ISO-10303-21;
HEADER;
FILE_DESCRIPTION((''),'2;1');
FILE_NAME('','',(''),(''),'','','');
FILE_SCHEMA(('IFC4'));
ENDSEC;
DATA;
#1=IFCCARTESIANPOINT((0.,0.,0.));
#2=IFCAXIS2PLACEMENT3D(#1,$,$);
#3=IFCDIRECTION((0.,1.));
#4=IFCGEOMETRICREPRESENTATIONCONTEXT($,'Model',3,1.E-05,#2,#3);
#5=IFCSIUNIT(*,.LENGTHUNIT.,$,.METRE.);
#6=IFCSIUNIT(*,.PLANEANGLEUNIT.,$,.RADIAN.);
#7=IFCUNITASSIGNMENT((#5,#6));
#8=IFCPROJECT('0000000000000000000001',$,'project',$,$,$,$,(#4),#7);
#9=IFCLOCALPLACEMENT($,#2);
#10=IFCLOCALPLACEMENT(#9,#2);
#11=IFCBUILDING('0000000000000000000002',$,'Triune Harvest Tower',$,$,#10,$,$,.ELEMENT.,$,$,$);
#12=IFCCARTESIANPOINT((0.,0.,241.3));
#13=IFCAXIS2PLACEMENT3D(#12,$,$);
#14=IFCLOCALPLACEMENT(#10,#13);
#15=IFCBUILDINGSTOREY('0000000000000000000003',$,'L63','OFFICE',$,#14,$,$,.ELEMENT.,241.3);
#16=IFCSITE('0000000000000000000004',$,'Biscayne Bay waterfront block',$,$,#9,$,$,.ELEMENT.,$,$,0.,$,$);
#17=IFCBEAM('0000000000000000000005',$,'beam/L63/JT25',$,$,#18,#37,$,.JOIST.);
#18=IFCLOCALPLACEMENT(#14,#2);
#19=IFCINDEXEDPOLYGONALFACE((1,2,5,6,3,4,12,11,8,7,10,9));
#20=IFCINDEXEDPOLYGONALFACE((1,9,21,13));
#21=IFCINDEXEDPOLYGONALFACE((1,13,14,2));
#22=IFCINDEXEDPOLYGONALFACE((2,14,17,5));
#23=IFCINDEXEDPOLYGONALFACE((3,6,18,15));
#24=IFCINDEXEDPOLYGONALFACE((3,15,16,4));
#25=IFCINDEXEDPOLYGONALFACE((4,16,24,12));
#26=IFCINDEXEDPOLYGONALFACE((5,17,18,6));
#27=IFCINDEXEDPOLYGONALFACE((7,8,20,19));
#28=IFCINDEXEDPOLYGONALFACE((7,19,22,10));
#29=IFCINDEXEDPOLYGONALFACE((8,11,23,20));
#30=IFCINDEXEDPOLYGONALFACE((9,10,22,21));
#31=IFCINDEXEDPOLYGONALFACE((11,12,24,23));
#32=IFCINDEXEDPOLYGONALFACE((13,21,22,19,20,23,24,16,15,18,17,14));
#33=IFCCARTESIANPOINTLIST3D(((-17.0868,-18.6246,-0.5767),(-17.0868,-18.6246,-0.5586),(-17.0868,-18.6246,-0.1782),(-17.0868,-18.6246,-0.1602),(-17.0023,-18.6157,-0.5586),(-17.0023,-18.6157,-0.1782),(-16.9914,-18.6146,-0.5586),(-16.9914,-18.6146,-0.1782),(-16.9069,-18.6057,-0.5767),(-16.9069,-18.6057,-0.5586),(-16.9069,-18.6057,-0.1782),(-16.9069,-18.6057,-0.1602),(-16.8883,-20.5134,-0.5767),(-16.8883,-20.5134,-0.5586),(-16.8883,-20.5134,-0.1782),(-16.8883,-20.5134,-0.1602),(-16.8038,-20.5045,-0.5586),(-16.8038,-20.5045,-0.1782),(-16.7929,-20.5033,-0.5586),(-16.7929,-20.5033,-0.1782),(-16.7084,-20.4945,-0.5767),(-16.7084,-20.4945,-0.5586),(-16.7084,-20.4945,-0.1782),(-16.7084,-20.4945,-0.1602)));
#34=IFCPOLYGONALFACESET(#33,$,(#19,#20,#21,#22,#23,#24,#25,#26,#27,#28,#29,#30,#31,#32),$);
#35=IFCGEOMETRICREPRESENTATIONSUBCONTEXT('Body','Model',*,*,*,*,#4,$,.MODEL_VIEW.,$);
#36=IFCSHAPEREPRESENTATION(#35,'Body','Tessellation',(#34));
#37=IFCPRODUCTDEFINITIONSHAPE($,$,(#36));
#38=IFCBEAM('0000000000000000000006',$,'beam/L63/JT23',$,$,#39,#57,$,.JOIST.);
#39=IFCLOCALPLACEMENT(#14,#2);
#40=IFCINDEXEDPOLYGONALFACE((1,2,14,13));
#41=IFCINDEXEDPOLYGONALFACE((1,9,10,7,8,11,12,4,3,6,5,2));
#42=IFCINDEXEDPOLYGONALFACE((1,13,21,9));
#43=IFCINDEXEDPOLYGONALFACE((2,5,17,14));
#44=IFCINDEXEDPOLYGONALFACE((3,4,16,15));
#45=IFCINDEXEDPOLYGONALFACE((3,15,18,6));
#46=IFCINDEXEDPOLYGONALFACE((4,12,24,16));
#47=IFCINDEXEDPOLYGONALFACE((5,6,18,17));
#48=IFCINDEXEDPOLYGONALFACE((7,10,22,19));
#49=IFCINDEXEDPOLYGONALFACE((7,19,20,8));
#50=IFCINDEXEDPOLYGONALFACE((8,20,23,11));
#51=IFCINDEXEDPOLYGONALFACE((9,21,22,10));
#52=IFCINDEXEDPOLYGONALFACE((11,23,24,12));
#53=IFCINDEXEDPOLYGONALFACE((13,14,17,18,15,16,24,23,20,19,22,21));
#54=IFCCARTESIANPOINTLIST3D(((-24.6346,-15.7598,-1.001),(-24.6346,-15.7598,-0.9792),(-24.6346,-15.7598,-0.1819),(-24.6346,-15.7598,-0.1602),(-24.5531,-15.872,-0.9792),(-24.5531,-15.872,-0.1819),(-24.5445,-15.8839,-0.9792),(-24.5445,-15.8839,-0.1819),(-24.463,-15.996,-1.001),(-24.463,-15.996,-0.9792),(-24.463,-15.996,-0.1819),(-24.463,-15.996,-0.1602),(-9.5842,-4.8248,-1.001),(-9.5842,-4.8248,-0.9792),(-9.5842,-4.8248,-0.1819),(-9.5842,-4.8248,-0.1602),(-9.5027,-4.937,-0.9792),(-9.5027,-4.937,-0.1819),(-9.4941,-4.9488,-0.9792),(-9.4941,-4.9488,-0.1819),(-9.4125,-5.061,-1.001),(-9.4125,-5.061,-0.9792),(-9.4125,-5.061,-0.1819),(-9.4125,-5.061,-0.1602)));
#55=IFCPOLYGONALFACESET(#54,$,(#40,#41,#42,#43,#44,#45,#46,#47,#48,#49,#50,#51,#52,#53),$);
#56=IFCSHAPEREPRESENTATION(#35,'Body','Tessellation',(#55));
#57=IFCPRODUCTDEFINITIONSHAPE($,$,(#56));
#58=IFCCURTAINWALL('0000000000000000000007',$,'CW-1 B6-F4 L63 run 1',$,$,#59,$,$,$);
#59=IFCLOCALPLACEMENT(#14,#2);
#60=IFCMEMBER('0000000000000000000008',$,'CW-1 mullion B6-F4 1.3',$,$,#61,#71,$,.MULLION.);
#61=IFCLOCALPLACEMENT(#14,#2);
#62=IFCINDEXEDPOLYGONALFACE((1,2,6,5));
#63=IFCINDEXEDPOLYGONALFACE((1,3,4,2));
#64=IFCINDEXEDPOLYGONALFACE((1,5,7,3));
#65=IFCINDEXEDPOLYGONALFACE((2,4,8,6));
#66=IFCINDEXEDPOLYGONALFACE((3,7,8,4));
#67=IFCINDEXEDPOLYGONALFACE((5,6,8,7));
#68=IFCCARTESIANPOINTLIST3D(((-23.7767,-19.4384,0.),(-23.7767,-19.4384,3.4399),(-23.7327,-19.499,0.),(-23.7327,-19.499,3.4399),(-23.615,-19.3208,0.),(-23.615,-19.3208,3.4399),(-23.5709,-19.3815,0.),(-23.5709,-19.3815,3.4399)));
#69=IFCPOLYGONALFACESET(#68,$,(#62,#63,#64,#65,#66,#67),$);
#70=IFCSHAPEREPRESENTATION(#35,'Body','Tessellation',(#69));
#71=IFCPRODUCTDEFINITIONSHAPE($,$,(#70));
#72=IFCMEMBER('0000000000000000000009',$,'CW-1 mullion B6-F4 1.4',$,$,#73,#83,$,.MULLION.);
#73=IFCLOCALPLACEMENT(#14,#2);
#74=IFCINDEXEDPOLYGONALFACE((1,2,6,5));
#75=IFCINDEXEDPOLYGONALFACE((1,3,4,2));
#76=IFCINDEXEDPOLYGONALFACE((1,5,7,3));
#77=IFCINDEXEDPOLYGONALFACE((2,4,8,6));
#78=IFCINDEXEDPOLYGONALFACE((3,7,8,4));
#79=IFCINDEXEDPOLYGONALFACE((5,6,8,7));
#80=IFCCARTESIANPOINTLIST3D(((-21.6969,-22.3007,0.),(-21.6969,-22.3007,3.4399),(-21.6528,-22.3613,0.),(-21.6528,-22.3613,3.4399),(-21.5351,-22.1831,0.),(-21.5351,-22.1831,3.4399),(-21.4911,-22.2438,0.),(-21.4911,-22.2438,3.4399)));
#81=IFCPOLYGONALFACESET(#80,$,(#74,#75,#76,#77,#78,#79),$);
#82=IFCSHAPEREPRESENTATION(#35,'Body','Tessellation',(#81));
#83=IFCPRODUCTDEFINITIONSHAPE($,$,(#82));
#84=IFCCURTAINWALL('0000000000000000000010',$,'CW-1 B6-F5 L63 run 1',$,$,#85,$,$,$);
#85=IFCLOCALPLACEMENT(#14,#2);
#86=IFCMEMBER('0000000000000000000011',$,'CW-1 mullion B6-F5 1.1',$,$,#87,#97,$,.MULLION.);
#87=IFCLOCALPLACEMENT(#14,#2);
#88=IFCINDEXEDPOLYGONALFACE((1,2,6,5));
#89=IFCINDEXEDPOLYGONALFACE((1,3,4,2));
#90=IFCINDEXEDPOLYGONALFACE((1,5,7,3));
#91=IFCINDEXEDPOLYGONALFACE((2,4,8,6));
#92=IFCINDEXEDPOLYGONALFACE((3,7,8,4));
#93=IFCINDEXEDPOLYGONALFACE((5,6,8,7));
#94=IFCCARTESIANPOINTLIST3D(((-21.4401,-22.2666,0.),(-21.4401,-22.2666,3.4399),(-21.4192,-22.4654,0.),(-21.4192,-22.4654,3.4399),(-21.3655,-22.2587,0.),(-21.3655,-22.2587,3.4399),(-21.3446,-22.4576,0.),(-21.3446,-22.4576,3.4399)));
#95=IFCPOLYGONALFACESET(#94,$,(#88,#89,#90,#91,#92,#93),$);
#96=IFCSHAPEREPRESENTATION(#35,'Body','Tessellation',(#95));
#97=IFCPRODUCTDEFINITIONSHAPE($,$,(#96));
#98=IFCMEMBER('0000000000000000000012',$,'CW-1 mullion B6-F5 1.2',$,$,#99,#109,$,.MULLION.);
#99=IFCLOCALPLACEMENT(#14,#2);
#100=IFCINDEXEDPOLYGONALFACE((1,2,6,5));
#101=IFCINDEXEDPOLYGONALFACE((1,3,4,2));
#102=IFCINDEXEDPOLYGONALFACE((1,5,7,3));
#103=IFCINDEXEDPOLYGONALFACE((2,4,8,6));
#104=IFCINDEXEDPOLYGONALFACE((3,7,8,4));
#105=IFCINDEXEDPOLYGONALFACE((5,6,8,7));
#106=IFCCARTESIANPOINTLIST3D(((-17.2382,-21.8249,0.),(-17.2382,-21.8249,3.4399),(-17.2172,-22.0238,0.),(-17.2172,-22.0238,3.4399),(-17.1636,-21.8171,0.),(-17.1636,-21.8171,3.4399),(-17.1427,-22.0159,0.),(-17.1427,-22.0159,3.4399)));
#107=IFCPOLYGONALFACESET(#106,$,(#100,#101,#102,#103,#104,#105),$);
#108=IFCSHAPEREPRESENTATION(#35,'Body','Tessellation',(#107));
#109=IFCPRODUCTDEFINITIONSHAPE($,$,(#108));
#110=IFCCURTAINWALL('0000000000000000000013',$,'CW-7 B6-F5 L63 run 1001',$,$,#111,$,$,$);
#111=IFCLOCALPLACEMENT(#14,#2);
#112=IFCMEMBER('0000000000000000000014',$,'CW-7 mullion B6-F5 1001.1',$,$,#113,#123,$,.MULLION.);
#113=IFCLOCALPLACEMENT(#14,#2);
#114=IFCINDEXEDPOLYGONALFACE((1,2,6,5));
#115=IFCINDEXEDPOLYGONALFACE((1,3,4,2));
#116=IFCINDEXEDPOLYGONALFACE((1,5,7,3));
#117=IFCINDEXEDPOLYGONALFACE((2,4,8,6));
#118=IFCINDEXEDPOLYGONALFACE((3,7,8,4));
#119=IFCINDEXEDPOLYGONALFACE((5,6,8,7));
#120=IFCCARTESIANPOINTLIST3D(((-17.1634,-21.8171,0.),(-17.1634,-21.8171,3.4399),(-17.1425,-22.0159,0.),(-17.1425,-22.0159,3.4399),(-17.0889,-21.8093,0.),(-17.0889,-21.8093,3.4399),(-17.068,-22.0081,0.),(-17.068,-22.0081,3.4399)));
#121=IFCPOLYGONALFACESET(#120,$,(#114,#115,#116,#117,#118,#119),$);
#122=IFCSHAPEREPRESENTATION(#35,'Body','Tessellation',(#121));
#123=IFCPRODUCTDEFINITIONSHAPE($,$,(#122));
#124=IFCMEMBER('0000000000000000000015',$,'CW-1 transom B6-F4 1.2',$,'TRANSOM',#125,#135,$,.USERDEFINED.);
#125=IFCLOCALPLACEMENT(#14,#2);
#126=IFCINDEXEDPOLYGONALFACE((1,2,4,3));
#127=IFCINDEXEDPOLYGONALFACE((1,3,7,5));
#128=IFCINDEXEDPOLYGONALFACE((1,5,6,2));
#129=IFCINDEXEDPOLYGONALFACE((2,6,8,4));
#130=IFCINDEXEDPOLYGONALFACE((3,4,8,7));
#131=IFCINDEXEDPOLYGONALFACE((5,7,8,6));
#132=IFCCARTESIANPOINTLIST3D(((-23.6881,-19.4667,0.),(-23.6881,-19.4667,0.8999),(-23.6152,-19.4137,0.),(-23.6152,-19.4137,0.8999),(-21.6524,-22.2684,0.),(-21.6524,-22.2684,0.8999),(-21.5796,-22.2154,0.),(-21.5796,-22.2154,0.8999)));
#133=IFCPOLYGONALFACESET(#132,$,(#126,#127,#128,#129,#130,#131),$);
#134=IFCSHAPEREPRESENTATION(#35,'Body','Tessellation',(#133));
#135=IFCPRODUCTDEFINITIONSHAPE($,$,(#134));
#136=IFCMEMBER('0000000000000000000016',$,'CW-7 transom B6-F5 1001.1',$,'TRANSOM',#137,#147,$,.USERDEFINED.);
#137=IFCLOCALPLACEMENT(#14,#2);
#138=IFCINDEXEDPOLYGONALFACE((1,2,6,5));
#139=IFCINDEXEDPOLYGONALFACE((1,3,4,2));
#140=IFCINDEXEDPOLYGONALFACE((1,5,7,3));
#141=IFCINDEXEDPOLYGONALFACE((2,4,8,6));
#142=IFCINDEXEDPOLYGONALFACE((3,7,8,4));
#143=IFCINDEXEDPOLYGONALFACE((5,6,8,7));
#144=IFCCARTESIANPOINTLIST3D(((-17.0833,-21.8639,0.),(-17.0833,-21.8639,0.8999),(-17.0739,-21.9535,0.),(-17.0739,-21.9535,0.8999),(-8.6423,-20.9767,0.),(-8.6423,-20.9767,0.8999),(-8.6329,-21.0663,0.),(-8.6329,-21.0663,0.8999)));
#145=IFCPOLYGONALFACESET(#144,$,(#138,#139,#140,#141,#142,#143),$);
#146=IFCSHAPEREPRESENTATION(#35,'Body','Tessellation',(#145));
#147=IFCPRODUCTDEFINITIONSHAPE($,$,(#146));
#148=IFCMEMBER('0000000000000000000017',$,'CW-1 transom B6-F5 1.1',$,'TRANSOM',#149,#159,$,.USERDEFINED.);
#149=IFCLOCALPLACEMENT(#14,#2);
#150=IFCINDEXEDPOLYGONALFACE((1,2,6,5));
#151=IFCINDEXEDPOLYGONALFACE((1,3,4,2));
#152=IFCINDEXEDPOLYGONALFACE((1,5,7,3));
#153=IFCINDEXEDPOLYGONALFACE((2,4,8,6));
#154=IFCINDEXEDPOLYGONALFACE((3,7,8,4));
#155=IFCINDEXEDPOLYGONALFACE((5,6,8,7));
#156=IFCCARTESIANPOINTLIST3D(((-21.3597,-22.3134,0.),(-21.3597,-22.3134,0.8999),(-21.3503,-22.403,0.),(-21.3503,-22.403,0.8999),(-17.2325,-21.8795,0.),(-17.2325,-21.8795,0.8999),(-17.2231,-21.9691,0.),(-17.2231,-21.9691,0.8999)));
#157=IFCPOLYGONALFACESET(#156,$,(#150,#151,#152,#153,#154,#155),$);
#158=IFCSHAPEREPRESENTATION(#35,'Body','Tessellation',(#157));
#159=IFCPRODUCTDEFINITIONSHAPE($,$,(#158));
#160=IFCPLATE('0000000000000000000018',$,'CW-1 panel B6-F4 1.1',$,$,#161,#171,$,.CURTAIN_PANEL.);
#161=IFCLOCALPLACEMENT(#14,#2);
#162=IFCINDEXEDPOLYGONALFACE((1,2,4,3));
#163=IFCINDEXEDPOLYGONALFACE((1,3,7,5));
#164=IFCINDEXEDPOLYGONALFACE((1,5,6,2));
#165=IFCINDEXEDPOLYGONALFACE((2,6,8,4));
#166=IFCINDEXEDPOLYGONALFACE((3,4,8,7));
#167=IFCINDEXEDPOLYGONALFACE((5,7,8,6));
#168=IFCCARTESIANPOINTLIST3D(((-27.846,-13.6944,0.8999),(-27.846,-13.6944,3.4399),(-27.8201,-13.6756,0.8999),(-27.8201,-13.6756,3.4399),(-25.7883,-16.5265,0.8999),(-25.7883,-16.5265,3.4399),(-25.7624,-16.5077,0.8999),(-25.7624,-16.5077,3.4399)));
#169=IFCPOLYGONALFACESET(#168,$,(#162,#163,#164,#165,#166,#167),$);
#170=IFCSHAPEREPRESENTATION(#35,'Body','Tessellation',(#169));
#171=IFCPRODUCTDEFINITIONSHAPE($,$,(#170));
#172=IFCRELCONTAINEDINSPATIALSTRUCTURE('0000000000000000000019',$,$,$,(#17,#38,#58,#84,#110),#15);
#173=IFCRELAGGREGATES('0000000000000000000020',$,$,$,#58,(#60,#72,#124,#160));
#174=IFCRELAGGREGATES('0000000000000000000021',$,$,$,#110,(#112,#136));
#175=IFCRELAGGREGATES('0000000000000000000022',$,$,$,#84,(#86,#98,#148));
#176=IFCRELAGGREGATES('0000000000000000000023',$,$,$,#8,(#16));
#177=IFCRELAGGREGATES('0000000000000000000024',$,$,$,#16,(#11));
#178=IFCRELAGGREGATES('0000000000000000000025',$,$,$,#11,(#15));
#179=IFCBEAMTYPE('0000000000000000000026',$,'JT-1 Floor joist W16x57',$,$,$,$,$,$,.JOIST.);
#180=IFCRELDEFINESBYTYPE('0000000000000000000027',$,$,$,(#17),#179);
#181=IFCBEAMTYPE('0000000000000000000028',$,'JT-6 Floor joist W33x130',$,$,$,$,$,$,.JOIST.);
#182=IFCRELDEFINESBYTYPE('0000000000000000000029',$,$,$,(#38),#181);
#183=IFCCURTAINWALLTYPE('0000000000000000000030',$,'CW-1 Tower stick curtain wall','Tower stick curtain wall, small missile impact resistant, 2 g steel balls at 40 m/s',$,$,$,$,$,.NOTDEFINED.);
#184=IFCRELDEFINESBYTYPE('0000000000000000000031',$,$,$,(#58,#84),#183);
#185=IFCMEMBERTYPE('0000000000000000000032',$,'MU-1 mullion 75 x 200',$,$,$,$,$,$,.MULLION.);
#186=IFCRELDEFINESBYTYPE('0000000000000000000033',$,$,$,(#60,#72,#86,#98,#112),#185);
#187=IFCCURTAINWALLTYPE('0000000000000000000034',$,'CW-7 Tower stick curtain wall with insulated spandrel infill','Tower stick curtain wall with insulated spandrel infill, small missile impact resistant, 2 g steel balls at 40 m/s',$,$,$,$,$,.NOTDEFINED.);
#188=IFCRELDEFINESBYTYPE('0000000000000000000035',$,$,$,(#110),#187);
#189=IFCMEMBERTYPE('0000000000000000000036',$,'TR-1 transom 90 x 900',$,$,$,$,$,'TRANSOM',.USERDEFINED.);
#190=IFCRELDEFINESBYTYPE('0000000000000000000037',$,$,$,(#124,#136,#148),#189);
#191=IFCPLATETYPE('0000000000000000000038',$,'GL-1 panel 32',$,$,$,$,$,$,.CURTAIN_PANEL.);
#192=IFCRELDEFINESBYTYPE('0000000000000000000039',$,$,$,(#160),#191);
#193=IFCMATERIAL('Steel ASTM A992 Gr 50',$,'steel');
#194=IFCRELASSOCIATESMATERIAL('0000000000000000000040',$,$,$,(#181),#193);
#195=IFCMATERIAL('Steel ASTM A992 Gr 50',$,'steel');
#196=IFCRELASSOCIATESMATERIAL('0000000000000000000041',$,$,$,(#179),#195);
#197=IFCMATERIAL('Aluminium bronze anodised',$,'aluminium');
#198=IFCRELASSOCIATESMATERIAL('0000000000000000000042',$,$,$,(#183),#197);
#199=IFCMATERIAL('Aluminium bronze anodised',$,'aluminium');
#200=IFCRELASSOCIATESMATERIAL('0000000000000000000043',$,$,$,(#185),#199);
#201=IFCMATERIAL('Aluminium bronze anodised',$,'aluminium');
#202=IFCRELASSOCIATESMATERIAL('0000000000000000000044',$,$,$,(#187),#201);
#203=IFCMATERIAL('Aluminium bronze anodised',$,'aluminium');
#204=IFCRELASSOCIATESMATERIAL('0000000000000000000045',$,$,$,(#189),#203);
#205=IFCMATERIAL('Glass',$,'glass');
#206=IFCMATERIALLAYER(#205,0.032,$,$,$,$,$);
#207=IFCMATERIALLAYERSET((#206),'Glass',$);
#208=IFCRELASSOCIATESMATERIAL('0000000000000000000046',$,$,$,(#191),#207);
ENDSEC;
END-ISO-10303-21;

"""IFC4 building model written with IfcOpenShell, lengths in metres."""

from ifc_helpers import new_model, si_unit, direction, frame, origin, origin_2d, place, context, subcontext, project, spatial, rectangle, i_section, extrude, source, transform, mapped, material, layer, layer_set, material_profile, profile_set, type_object, element, aggregate, save


model = new_model("IFC4")

# Units and contexts
model_context = context("Model", 3, precision=1e-05, world=origin(), true_north=direction((0.0, 1.0)))
body_context = subcontext(model_context, "Body", "Model", "MODEL_VIEW")
ifc_project = project(units=[si_unit("LENGTHUNIT", "METRE"), si_unit("PLANEANGLEUNIT", "RADIAN")], contexts=[model_context])

# Site, building, storey
site_placement = place(None, origin())
site = spatial("IfcSite", under=ifc_project, at=site_placement, Name="Biscayne Bay waterfront block", CompositionType="ELEMENT", RefElevation=0.0)
building_placement = place(site_placement, origin())
building = spatial("IfcBuilding", under=site, at=building_placement, Name="Triune Harvest Tower", CompositionType="ELEMENT")
storey_placement = place(building_placement, frame((0.0, 0.0, 241.3)))
storey = spatial("IfcBuildingStorey", under=building, at=storey_placement, Name="L63", Description="OFFICE", CompositionType="ELEMENT", Elevation=241.3)

# Beams
ifc_material_1 = material(Name="Steel ASTM A992 Gr 50", Category="steel")
ifc_material_profile_1 = material_profile(ifc_material_1, i_section(OverallWidth=0.292, OverallDepth=0.8408, WebThickness=0.0146, FlangeThickness=0.0217, at=origin_2d()), Name="W33x130")
ifc_profile_set_1 = profile_set([ifc_material_profile_1], Name="Steel ASTM A992 Gr 50")
beam_type_1 = type_object("IfcBeamType", Name="JT-6 Floor joist W33x130", PredefinedType="JOIST", material=ifc_profile_set_1)
ifc_material_2 = material(Name="Steel ASTM A992 Gr 50", Category="steel")
ifc_material_profile_2 = material_profile(ifc_material_2, i_section(OverallWidth=0.1809, OverallDepth=0.4165, WebThickness=0.011, FlangeThickness=0.0181, at=origin_2d()), Name="W16x57")
ifc_profile_set_2 = profile_set([ifc_material_profile_2], Name="Steel ASTM A992 Gr 50")
beam_type_2 = type_object("IfcBeamType", Name="JT-1 Floor joist W16x57", PredefinedType="JOIST", material=ifc_profile_set_2)
shared_shape_1 = source(origin(), body_context, "Body", "SweptSolid", [
    extrude(i_section(OverallWidth=0.1809, OverallDepth=0.4165, WebThickness=0.011, FlangeThickness=0.0181, at=origin_2d()), origin(), (0.0, 0.0, 1.0), 1.8992),
])
beam_1_placement = place(storey_placement, frame((-16.7983, -20.5039, -0.3684), z_axis=(-0.104517, 0.994523, 0.0), x_axis=(-0.994523, -0.104517, 0.0)))
element("IfcBeam", 1, at=beam_1_placement, inside=storey, type_object=beam_type_2, Name="beam/L63/JT25", PredefinedType="JOIST", context=body_context, shape_type="MappedRepresentation", body=[
    mapped(shared_shape_1, transform((0.0, 0.0, 0.0), scale=1.0)),
])
shared_shape_2 = source(origin(), body_context, "Body", "SweptSolid", [
    extrude(i_section(OverallWidth=0.292, OverallDepth=0.8408, WebThickness=0.0146, FlangeThickness=0.0217, at=origin_2d()), origin(), (0.0, 0.0, 1.0), 18.6035),
])
beam_2_placement = place(storey_placement, frame((-24.5488, -15.8779, -0.5806), z_axis=(0.809012, 0.587792, 0.0), x_axis=(-0.587792, 0.809012, 0.0)))
element("IfcBeam", 2, at=beam_2_placement, inside=storey, type_object=beam_type_1, Name="beam/L63/JT23", PredefinedType="JOIST", context=body_context, shape_type="MappedRepresentation", body=[
    mapped(shared_shape_2, transform((0.0, 0.0, 0.0), scale=1.0)),
])

# Curtain walls, members
ifc_material_3 = material(Name="Aluminium bronze anodised", Category="aluminium")
curtain_wall_type_1 = type_object("IfcCurtainWallType", Name="CW-1 Tower stick curtain wall", Description="Tower stick curtain wall, small missile impact resistant, 2 g steel balls at 40 m/s", PredefinedType="NOTDEFINED", material=ifc_material_3)
curtain_wall_1_placement = place(storey_placement, origin())
curtain_wall_1 = element("IfcCurtainWall", 3, at=curtain_wall_1_placement, inside=storey, type_object=curtain_wall_type_1, Name="CW-1 B6-F4 L63 run 1")
ifc_material_4 = material(Name="Aluminium bronze anodised", Category="aluminium")
ifc_material_profile_3 = material_profile(ifc_material_4, rectangle(XDim=0.2, YDim=0.075, at=origin_2d()), Name="MU-1 mullion 75 x 200")
ifc_profile_set_3 = profile_set([ifc_material_profile_3], Name="Aluminium bronze anodised")
member_type_1 = type_object("IfcMemberType", Name="MU-1 mullion 75 x 200", PredefinedType="MULLION", material=ifc_profile_set_3)
shared_shape_3 = source(origin(), body_context, "Body", "SweptSolid", [
    extrude(rectangle(XDim=0.2, YDim=0.075, at=origin_2d()), origin(), (0.0, 0.0, 1.0), 3.4399),
])
member_1_placement = place(storey_placement, frame((-23.6738, -19.4099, 0.0), z_axis=(0.0, 0.0, 1.0), x_axis=(0.809014, 0.587789, 0.0)))
member_1 = element("IfcMember", 4, at=member_1_placement, type_object=member_type_1, Name="CW-1 mullion B6-F4 1.3", PredefinedType="MULLION", context=body_context, shape_type="MappedRepresentation", body=[
    mapped(shared_shape_3, transform((0.0, 0.0, 0.0), scale=1.0)),
])
member_2_placement = place(storey_placement, frame((-21.594, -22.2722, 0.0), z_axis=(0.0, 0.0, 1.0), x_axis=(0.809014, 0.587789, 0.0)))
member_2 = element("IfcMember", 5, at=member_2_placement, type_object=member_type_1, Name="CW-1 mullion B6-F4 1.4", PredefinedType="MULLION", context=body_context, shape_type="MappedRepresentation", body=[
    mapped(shared_shape_3, transform((0.0, 0.0, 0.0), scale=1.0)),
])
curtain_wall_2_placement = place(storey_placement, origin())
curtain_wall_2 = element("IfcCurtainWall", 6, at=curtain_wall_2_placement, inside=storey, type_object=curtain_wall_type_1, Name="CW-1 B6-F5 L63 run 1")
member_3_placement = place(storey_placement, frame((-21.3923, -22.3621, 0.0), z_axis=(0.0, 0.0, 1.0), x_axis=(-0.104532, 0.994522, 0.0)))
member_3 = element("IfcMember", 7, at=member_3_placement, type_object=member_type_1, Name="CW-1 mullion B6-F5 1.1", PredefinedType="MULLION", context=body_context, shape_type="MappedRepresentation", body=[
    mapped(shared_shape_3, transform((0.0, 0.0, 0.0), scale=1.0)),
])
member_4_placement = place(storey_placement, frame((-17.1904, -21.9204, 0.0), z_axis=(0.0, 0.0, 1.0), x_axis=(-0.104532, 0.994522, 0.0)))
member_4 = element("IfcMember", 8, at=member_4_placement, type_object=member_type_1, Name="CW-1 mullion B6-F5 1.2", PredefinedType="MULLION", context=body_context, shape_type="MappedRepresentation", body=[
    mapped(shared_shape_3, transform((0.0, 0.0, 0.0), scale=1.0)),
])

# Curtain wall, member
ifc_material_5 = material(Name="Aluminium bronze anodised", Category="aluminium")
curtain_wall_type_2 = type_object("IfcCurtainWallType", Name="CW-7 Tower stick curtain wall with insulated spandrel infill", Description="Tower stick curtain wall with insulated spandrel infill, small missile impact resistant, 2 g steel balls at 40 m/s", PredefinedType="NOTDEFINED", material=ifc_material_5)
curtain_wall_3_placement = place(storey_placement, origin())
curtain_wall_3 = element("IfcCurtainWall", 9, at=curtain_wall_3_placement, inside=storey, type_object=curtain_wall_type_2, Name="CW-7 B6-F5 L63 run 1001")
member_5_placement = place(storey_placement, frame((-17.1157, -21.9126, 0.0), z_axis=(0.0, 0.0, 1.0), x_axis=(-0.104527, 0.994522, 0.0)))
member_5 = element("IfcMember", 10, at=member_5_placement, type_object=member_type_1, Name="CW-7 mullion B6-F5 1001.1", PredefinedType="MULLION", context=body_context, shape_type="MappedRepresentation", body=[
    mapped(shared_shape_3, transform((0.0, 0.0, 0.0), scale=1.0)),
])

# Members
ifc_material_6 = material(Name="Aluminium bronze anodised", Category="aluminium")
ifc_material_profile_4 = material_profile(ifc_material_6, rectangle(XDim=0.0901, YDim=0.8999, at=origin_2d()), Name="TR-1 transom 90 x 900")
ifc_profile_set_4 = profile_set([ifc_material_profile_4], Name="Aluminium bronze anodised")
member_type_2 = type_object("IfcMemberType", Name="TR-1 transom 90 x 900", ElementType="TRANSOM", PredefinedType="USERDEFINED", material=ifc_profile_set_4)
shared_shape_4 = source(origin(), body_context, "Body", "SweptSolid", [
    extrude(rectangle(XDim=0.0901, YDim=0.8999, at=origin_2d()), origin(), (0.0, 0.0, 1.0), 3.4631),
])
member_6_placement = place(storey_placement, frame((-23.6516, -19.4402, 0.45), z_axis=(0.587794, -0.80901, 0.0), x_axis=(0.80901, 0.587794, 0.0)))
member_6 = element("IfcMember", 11, at=member_6_placement, type_object=member_type_2, Name="CW-1 transom B6-F4 1.2", ObjectType="TRANSOM", PredefinedType="USERDEFINED", context=body_context, shape_type="MappedRepresentation", body=[
    mapped(shared_shape_4, transform((0.0, 0.0, 0.0), scale=1.0)),
])
shared_shape_5 = source(origin(), body_context, "Body", "SweptSolid", [
    extrude(rectangle(XDim=0.0901, YDim=0.8999, at=origin_2d()), origin(), (0.0, 0.0, 1.0), 8.4875),
])
member_7_placement = place(storey_placement, frame((-17.0786, -21.9087, 0.45), z_axis=(0.994522, 0.104529, 0.0), x_axis=(-0.104529, 0.994522, 0.0)))
member_7 = element("IfcMember", 12, at=member_7_placement, type_object=member_type_2, Name="CW-7 transom B6-F5 1001.1", ObjectType="TRANSOM", PredefinedType="USERDEFINED", context=body_context, shape_type="MappedRepresentation", body=[
    mapped(shared_shape_5, transform((0.0, 0.0, 0.0), scale=1.0)),
])
shared_shape_6 = source(origin(), body_context, "Body", "SweptSolid", [
    extrude(rectangle(XDim=0.0901, YDim=0.8999, at=origin_2d()), origin(), (0.0, 0.0, 1.0), 4.1499),
])
member_8_placement = place(storey_placement, frame((-21.355, -22.3582, 0.45), z_axis=(0.994521, 0.104541, 0.0), x_axis=(-0.104541, 0.994521, 0.0)))
member_8 = element("IfcMember", 13, at=member_8_placement, type_object=member_type_2, Name="CW-1 transom B6-F5 1.1", ObjectType="TRANSOM", PredefinedType="USERDEFINED", context=body_context, shape_type="MappedRepresentation", body=[
    mapped(shared_shape_6, transform((0.0, 0.0, 0.0), scale=1.0)),
])

# Plate
ifc_material_7 = material(Name="Glass", Category="glass")
ifc_layer_1 = layer(ifc_material_7, 0.032)
ifc_layer_set_1 = layer_set([ifc_layer_1], Name="Glass")
plate_type_1 = type_object("IfcPlateType", Name="GL-1 panel 32", PredefinedType="CURTAIN_PANEL", material=ifc_layer_set_1)
shared_shape_7 = source(origin(), body_context, "Body", "SweptSolid", [
    extrude(rectangle(XDim=3.5007, YDim=0.032, at=origin_2d()), origin(), (0.0, 0.0, 1.0), 2.54),
])
plate_1_placement = place(storey_placement, frame((-26.8042, -15.1011, 0.8999), z_axis=(0.0, 0.0, 1.0), x_axis=(0.587789, -0.809014, 0.0)))
plate_1 = element("IfcPlate", 14, at=plate_1_placement, type_object=plate_type_1, Name="CW-1 panel B6-F4 1.1", PredefinedType="CURTAIN_PANEL", context=body_context, shape_type="MappedRepresentation", body=[
    mapped(shared_shape_7, transform((0.0, 0.0, 0.0), scale=1.0)),
])
aggregate(curtain_wall_1, [member_1, member_2, member_6, plate_1])
aggregate(curtain_wall_3, [member_5, member_7])
aggregate(curtain_wall_2, [member_3, member_4, member_8])

save(model, "model.ifc")
